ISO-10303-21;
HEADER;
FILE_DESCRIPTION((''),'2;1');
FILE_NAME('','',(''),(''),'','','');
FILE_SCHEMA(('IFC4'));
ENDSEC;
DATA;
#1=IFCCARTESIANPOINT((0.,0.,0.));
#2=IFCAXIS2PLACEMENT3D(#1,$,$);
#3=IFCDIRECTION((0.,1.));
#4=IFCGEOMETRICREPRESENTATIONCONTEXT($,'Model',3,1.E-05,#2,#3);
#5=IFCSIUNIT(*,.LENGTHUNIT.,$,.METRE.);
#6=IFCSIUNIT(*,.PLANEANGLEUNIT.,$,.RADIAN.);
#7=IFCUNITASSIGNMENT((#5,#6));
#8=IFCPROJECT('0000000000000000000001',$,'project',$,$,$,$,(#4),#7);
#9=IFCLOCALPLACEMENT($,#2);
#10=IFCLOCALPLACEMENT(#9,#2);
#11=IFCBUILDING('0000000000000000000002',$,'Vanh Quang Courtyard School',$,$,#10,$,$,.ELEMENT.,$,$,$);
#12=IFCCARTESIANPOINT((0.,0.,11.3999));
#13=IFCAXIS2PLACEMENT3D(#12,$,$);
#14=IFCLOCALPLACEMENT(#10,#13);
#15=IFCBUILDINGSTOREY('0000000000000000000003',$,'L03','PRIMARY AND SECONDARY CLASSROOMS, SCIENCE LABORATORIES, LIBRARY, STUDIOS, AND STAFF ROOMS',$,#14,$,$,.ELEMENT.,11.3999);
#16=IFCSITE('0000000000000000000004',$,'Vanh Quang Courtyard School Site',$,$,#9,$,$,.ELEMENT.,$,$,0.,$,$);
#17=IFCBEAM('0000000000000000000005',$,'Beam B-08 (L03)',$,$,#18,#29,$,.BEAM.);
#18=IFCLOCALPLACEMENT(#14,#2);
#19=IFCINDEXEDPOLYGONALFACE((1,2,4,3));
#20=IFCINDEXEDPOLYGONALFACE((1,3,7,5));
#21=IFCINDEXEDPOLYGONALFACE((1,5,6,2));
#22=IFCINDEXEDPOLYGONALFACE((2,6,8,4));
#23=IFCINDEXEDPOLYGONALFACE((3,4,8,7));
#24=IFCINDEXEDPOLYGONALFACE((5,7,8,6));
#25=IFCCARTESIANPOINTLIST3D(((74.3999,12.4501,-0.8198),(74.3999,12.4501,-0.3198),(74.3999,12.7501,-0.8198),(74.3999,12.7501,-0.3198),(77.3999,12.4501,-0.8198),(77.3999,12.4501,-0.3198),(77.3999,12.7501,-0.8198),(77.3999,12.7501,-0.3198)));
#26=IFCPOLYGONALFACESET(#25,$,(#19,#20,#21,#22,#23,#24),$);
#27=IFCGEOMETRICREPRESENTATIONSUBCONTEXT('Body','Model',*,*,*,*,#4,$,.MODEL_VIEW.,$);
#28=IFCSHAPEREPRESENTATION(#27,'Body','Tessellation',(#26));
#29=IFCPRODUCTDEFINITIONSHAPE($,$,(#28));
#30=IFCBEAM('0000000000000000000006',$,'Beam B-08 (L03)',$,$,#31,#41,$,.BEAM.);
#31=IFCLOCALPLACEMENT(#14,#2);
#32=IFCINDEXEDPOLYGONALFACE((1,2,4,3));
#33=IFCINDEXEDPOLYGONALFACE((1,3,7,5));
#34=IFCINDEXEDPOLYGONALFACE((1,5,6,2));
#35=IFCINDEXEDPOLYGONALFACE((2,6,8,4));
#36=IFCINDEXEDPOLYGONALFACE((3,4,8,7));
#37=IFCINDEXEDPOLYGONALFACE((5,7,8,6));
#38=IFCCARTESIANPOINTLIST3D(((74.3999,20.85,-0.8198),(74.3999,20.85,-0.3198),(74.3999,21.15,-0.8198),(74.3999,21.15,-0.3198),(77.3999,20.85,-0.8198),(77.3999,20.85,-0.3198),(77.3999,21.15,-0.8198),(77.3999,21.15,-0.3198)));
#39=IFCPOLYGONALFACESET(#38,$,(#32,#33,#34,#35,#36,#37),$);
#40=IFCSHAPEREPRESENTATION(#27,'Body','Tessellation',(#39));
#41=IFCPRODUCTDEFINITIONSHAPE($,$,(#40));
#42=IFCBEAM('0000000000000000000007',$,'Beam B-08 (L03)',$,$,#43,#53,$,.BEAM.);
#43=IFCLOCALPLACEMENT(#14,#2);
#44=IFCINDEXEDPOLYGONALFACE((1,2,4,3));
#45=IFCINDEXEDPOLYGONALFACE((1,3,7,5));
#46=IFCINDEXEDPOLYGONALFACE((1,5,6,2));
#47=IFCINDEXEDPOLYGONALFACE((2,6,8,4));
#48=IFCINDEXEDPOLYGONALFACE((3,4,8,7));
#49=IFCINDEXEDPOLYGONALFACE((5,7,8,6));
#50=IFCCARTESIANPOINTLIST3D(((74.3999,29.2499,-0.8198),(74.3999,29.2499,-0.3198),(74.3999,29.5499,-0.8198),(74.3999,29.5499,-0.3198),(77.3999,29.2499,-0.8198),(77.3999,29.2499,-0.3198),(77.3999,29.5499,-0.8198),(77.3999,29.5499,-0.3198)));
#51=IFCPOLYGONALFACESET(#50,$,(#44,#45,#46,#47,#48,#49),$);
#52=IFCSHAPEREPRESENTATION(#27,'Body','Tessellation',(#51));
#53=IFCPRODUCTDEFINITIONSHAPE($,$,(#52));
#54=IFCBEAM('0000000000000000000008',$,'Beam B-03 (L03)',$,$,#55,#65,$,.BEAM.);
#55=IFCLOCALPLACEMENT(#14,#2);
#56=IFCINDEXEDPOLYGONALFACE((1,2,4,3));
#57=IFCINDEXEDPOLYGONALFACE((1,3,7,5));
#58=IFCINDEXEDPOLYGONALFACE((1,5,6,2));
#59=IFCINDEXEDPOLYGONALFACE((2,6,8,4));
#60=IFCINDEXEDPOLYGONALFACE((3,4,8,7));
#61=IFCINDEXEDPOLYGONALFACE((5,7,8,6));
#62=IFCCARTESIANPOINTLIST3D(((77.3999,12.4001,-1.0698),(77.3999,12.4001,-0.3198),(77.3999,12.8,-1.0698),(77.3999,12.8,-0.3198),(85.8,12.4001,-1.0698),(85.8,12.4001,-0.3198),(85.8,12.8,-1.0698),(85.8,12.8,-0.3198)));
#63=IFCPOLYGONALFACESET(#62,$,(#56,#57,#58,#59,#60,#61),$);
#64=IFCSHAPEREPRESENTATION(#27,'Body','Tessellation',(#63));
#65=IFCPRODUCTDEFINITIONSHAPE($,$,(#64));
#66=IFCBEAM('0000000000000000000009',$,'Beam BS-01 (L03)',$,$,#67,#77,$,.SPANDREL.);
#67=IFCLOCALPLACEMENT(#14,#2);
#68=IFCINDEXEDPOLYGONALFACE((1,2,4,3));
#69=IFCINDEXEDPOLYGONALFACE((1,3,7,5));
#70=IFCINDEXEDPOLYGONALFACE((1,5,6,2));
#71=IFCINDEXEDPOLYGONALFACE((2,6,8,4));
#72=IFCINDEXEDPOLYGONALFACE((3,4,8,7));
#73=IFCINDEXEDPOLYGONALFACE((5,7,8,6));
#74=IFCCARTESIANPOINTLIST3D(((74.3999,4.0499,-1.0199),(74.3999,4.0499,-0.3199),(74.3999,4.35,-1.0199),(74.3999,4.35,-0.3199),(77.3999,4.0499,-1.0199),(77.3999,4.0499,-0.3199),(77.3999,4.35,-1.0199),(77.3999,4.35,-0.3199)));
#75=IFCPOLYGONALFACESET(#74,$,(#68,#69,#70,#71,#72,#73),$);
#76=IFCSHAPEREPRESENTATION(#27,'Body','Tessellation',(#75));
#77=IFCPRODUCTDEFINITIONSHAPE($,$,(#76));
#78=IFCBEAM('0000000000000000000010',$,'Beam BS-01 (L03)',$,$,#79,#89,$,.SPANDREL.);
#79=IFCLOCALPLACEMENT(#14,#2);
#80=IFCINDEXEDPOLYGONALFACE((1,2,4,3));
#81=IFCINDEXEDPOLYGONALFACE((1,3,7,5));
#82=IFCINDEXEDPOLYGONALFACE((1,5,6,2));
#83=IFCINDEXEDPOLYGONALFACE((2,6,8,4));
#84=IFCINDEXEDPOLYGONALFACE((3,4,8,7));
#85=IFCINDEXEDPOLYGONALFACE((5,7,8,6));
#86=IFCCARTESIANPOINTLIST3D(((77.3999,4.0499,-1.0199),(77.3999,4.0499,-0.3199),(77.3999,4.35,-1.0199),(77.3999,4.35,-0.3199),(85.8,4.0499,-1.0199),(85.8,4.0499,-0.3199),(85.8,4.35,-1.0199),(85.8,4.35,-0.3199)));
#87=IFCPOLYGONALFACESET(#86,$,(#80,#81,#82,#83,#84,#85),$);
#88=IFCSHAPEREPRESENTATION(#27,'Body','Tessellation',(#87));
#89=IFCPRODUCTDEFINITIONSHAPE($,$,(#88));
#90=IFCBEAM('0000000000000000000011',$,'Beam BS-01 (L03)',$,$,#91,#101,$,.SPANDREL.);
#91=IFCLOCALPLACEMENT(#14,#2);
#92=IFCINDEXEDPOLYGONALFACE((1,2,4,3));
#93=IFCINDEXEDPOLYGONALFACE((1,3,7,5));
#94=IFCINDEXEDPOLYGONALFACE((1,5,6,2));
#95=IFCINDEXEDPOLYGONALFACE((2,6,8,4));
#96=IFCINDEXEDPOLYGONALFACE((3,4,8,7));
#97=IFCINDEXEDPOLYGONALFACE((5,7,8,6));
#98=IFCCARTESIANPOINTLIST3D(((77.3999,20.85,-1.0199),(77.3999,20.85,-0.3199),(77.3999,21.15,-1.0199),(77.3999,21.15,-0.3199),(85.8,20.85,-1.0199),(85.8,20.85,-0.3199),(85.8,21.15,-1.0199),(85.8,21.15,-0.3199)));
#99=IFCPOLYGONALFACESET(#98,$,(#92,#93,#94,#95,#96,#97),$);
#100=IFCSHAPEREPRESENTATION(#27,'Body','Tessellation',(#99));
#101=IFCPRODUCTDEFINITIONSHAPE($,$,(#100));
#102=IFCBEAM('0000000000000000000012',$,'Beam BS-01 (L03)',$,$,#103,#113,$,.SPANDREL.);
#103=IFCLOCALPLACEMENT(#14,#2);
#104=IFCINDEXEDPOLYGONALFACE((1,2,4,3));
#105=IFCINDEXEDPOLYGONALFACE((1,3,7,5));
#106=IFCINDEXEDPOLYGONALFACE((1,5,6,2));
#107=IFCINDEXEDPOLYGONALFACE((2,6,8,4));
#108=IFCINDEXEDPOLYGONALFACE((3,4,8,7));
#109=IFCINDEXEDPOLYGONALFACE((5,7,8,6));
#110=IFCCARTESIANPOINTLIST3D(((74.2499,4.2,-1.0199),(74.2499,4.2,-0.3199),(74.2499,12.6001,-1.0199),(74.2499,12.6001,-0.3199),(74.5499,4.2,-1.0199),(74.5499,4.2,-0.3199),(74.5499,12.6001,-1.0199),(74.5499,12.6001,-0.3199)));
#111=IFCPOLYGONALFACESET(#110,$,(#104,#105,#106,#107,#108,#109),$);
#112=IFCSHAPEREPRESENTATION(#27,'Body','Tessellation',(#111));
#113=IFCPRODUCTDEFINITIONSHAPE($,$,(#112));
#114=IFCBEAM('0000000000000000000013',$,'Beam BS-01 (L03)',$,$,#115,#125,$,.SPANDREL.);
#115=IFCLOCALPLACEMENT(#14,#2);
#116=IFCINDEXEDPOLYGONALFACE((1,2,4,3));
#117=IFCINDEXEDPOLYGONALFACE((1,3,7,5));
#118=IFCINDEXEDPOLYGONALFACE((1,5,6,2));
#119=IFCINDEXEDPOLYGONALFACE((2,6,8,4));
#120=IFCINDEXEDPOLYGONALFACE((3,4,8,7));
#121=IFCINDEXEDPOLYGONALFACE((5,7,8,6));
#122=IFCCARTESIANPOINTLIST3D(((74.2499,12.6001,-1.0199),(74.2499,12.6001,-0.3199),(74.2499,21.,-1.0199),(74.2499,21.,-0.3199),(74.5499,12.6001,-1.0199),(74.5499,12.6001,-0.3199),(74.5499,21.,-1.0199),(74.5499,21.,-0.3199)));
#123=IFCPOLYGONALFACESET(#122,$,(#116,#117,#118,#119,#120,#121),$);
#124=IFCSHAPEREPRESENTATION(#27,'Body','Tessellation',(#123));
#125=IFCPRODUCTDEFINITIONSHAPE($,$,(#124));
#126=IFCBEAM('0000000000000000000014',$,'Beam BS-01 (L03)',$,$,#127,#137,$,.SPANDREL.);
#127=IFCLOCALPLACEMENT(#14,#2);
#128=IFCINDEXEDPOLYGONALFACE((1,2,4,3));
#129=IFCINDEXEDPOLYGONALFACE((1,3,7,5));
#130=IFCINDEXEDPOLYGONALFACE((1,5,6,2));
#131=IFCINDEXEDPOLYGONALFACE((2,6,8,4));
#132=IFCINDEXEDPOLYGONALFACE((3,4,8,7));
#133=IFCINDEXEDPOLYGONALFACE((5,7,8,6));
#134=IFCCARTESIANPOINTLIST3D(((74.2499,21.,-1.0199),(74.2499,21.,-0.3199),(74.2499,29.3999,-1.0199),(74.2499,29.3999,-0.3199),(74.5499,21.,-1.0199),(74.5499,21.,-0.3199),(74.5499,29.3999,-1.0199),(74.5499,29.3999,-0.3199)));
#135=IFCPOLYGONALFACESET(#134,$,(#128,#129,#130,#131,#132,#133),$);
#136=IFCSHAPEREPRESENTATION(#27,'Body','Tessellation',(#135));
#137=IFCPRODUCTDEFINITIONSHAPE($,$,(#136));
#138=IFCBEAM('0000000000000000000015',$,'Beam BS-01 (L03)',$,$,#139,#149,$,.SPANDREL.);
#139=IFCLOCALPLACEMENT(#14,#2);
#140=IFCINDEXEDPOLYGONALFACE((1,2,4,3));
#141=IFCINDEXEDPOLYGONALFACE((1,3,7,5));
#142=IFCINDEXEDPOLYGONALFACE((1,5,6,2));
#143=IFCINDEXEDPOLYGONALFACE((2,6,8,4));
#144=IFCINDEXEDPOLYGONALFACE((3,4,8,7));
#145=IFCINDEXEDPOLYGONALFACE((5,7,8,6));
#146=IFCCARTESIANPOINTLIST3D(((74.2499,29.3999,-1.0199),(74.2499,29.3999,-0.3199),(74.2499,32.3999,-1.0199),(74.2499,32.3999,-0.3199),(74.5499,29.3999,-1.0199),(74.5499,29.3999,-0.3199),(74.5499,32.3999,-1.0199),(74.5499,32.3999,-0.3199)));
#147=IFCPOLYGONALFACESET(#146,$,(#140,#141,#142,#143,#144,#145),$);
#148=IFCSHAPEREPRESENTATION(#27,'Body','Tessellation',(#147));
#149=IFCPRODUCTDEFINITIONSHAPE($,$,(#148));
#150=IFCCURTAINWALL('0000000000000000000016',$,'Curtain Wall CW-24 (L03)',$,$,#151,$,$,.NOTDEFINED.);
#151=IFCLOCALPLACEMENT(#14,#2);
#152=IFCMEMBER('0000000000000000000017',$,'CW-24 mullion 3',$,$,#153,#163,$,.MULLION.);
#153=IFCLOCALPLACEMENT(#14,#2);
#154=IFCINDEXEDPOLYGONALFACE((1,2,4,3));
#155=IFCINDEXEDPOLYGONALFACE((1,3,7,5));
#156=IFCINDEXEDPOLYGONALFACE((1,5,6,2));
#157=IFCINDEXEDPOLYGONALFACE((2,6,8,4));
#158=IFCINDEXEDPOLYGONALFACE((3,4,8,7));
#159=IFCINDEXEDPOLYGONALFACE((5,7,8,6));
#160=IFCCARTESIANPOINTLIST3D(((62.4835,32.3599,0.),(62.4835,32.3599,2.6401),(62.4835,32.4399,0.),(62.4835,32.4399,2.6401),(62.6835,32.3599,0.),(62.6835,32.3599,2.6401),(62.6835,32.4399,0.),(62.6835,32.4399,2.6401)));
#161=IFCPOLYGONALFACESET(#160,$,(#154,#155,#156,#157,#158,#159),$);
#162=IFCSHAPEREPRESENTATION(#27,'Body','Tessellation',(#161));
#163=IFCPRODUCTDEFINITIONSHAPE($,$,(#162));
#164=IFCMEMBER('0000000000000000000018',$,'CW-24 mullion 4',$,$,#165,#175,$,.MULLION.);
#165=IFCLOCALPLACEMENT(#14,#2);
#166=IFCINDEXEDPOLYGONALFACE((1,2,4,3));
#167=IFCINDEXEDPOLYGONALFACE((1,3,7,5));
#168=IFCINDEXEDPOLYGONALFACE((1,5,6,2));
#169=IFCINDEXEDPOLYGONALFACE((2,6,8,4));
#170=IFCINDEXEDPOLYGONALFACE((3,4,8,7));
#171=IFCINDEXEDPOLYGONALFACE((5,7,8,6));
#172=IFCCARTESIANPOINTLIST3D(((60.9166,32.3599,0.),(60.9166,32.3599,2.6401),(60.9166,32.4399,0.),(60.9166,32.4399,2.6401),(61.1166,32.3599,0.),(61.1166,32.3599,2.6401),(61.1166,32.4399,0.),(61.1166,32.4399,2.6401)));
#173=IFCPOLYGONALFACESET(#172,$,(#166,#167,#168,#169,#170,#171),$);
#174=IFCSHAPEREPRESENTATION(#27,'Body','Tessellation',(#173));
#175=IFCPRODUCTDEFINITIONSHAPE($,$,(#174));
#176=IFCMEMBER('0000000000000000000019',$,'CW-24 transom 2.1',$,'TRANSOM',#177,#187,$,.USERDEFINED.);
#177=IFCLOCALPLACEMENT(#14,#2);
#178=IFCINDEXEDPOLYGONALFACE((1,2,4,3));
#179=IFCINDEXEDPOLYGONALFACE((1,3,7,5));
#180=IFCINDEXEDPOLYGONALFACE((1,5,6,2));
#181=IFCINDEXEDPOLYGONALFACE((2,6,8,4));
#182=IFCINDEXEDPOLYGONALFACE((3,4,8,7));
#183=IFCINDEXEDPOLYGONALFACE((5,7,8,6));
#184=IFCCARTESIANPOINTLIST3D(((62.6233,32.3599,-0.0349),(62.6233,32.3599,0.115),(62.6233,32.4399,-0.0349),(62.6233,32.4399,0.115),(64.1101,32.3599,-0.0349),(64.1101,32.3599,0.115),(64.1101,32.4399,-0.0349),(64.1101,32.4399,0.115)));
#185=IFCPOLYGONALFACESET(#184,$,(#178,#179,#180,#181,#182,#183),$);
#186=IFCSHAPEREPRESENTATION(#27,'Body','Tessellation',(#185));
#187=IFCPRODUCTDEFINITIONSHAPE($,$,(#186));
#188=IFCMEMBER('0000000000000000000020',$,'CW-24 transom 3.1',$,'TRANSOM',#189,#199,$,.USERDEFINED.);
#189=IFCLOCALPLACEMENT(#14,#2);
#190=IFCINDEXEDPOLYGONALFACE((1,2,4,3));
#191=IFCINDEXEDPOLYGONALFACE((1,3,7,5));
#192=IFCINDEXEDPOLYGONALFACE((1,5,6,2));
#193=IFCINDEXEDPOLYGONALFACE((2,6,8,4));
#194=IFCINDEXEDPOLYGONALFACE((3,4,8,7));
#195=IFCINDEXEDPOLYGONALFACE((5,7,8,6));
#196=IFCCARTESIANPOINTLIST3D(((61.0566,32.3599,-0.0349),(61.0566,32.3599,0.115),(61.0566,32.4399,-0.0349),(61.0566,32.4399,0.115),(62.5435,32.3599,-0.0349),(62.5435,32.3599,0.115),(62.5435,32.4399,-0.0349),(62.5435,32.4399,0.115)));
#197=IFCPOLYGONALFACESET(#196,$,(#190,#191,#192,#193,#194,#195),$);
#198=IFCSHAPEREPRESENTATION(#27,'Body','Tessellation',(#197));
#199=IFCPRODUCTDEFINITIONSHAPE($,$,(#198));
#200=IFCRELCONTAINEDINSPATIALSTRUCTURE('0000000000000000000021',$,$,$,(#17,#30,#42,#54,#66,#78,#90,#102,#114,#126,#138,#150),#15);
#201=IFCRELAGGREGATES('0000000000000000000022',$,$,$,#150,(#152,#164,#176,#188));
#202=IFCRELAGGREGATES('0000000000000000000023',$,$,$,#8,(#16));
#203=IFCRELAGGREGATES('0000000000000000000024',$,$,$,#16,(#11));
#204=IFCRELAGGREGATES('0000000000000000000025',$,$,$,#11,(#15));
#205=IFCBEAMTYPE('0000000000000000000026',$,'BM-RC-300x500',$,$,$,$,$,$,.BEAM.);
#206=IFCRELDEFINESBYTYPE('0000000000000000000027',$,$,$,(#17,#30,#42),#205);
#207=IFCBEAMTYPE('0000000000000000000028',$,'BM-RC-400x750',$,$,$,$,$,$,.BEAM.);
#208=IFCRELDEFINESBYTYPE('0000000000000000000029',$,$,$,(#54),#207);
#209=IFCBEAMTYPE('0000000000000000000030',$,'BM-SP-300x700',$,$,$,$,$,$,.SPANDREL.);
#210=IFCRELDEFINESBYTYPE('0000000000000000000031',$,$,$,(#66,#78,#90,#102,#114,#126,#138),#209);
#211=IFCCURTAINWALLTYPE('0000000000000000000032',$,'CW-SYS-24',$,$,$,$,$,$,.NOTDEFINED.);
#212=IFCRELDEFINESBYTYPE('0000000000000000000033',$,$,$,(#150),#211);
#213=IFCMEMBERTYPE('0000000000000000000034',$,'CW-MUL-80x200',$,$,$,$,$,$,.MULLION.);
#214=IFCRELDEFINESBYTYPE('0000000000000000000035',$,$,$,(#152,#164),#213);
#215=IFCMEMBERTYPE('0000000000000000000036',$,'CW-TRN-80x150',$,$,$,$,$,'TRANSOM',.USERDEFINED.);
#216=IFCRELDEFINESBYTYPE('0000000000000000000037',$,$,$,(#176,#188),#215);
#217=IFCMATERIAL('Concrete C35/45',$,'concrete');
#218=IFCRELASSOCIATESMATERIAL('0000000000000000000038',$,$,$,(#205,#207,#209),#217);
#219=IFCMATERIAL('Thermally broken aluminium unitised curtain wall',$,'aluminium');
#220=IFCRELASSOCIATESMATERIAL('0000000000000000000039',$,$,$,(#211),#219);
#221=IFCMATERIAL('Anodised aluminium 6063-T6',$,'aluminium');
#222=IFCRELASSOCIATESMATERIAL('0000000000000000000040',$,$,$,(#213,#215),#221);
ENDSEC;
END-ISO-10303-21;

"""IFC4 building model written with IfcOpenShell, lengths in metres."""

from ifc_helpers import new_model, si_unit, direction, frame, origin, origin_2d, place, context, subcontext, project, spatial, rectangle, extrude, material, material_profile, profile_set, type_object, element, aggregate, save


model = new_model("IFC4")

# Units and contexts
model_context = context("Model", 3, precision=1e-05, world=origin(), true_north=direction((0.0, 1.0)))
body_context = subcontext(model_context, "Body", "Model", "MODEL_VIEW")
ifc_project = project(units=[si_unit("LENGTHUNIT", "METRE"), si_unit("PLANEANGLEUNIT", "RADIAN")], contexts=[model_context])

# Site, building, storey
site_placement = place(None, origin())
site = spatial("IfcSite", under=ifc_project, at=site_placement, Name="Vanh Quang Courtyard School Site", CompositionType="ELEMENT", RefElevation=0.0)
building_placement = place(site_placement, origin())
building = spatial("IfcBuilding", under=site, at=building_placement, Name="Vanh Quang Courtyard School", CompositionType="ELEMENT")
storey_placement = place(building_placement, frame((0.0, 0.0, 11.3999)))
storey = spatial("IfcBuildingStorey", under=building, at=storey_placement, Name="L03", Description="PRIMARY AND SECONDARY CLASSROOMS, SCIENCE LABORATORIES, LIBRARY, STUDIOS, AND STAFF ROOMS", CompositionType="ELEMENT", Elevation=11.3999)

# Beams
ifc_material_1 = material(Name="Concrete C35/45", Category="concrete")
ifc_material_profile_1 = material_profile(ifc_material_1, rectangle(XDim=0.3, YDim=0.5, at=origin_2d()), Name="RC-BM 300x500")
ifc_profile_set_1 = profile_set([ifc_material_profile_1], Name="Concrete C35/45")
beam_type_1 = type_object("IfcBeamType", Name="BM-RC-300x500", PredefinedType="BEAM", material=ifc_profile_set_1)
for number, where, z_axis, x_axis, name in (
    (1, (74.3999, 12.6001, -0.5698), (1.0, 0.0, 0.0), (0.0, 1.0, 0.0), "Beam B-08 (L03)"),
    (2, (74.3999, 21.0, -0.5698), (1.0, 0.0, 0.0), (0.0, 1.0, 0.0), "Beam B-08 (L03)"),
    (3, (74.3999, 29.3999, -0.5698), (1.0, 0.0, 0.0), (0.0, 1.0, 0.0), "Beam B-08 (L03)"),
):
    element("IfcBeam", number, at=place(storey_placement, frame(where, z_axis=z_axis, x_axis=x_axis)), inside=storey, type_object=beam_type_1, Name=name, PredefinedType="BEAM", context=body_context, shape_type="SweptSolid", body=[
        extrude(rectangle(XDim=0.3, YDim=0.5, at=origin_2d()), origin(), (0.0, 0.0, 1.0), 3.0),
    ])
ifc_material_profile_2 = material_profile(ifc_material_1, rectangle(XDim=0.3999, YDim=0.75, at=origin_2d()), Name="RC-BM 400x750")
ifc_profile_set_2 = profile_set([ifc_material_profile_2], Name="Concrete C35/45")
beam_type_2 = type_object("IfcBeamType", Name="BM-RC-400x750", PredefinedType="BEAM", material=ifc_profile_set_2)
beam_1_placement = place(storey_placement, frame((77.3999, 12.6001, -0.6948), z_axis=(1.0, 0.0, 0.0), x_axis=(0.0, 1.0, 0.0)))
element("IfcBeam", 4, at=beam_1_placement, inside=storey, type_object=beam_type_2, Name="Beam B-03 (L03)", PredefinedType="BEAM", context=body_context, shape_type="SweptSolid", body=[
    extrude(rectangle(XDim=0.3999, YDim=0.75, at=origin_2d()), origin(), (0.0, 0.0, 1.0), 8.4001),
])
ifc_material_profile_3 = material_profile(ifc_material_1, rectangle(XDim=0.3, YDim=0.7, at=origin_2d()), Name="RC-SP 300x700")
ifc_profile_set_3 = profile_set([ifc_material_profile_3], Name="Concrete C35/45")
beam_type_3 = type_object("IfcBeamType", Name="BM-SP-300x700", PredefinedType="SPANDREL", material=ifc_profile_set_3)
beam_2_placement = place(storey_placement, frame((74.3999, 4.2, -0.6699), z_axis=(1.0, 0.0, 0.0), x_axis=(0.0, 1.0, 0.0)))
element("IfcBeam", 5, at=beam_2_placement, inside=storey, type_object=beam_type_3, Name="Beam BS-01 (L03)", PredefinedType="SPANDREL", context=body_context, shape_type="SweptSolid", body=[
    extrude(rectangle(XDim=0.3, YDim=0.7, at=origin_2d()), origin(), (0.0, 0.0, 1.0), 3.0),
])
for number, where, z_axis, x_axis, name in (
    (6, (77.3999, 4.2, -0.6699), (1.0, 0.0, 0.0), (0.0, 1.0, 0.0), "Beam BS-01 (L03)"),
    (7, (77.3999, 21.0, -0.6699), (1.0, 0.0, 0.0), (0.0, 1.0, 0.0), "Beam BS-01 (L03)"),
    (8, (74.3999, 4.2, -0.6699), (0.0, 1.0, 0.0), (-1.0, 0.0, 0.0), "Beam BS-01 (L03)"),
):
    element("IfcBeam", number, at=place(storey_placement, frame(where, z_axis=z_axis, x_axis=x_axis)), inside=storey, type_object=beam_type_3, Name=name, PredefinedType="SPANDREL", context=body_context, shape_type="SweptSolid", body=[
        extrude(rectangle(XDim=0.3, YDim=0.7, at=origin_2d()), origin(), (0.0, 0.0, 1.0), 8.4001),
    ])
for number, where, z_axis, x_axis, name in (
    (9, (74.3999, 12.6001, -0.6699), (0.0, 1.0, 0.0), (-1.0, 0.0, 0.0), "Beam BS-01 (L03)"),
    (10, (74.3999, 21.0, -0.6699), (0.0, 1.0, 0.0), (-1.0, 0.0, 0.0), "Beam BS-01 (L03)"),
):
    element("IfcBeam", number, at=place(storey_placement, frame(where, z_axis=z_axis, x_axis=x_axis)), inside=storey, type_object=beam_type_3, Name=name, PredefinedType="SPANDREL", context=body_context, shape_type="SweptSolid", body=[
        extrude(rectangle(XDim=0.3, YDim=0.7, at=origin_2d()), origin(), (0.0, 0.0, 1.0), 8.3999),
    ])
beam_3_placement = place(storey_placement, frame((74.3999, 29.3999, -0.6699), z_axis=(0.0, 1.0, 0.0), x_axis=(-1.0, 0.0, 0.0)))
element("IfcBeam", 11, at=beam_3_placement, inside=storey, type_object=beam_type_3, Name="Beam BS-01 (L03)", PredefinedType="SPANDREL", context=body_context, shape_type="SweptSolid", body=[
    extrude(rectangle(XDim=0.3, YDim=0.7, at=origin_2d()), origin(), (0.0, 0.0, 1.0), 3.0),
])

# Curtain wall, members
ifc_material_2 = material(Name="Thermally broken aluminium unitised curtain wall", Category="aluminium")
curtain_wall_type = type_object("IfcCurtainWallType", Name="CW-SYS-24", PredefinedType="NOTDEFINED", material=ifc_material_2)
curtain_wall_placement = place(storey_placement, origin())
curtain_wall = element("IfcCurtainWall", 12, at=curtain_wall_placement, inside=storey, type_object=curtain_wall_type, Name="Curtain Wall CW-24 (L03)", PredefinedType="NOTDEFINED")
ifc_material_3 = material(Name="Anodised aluminium 6063-T6", Category="aluminium")
ifc_material_profile_4 = material_profile(ifc_material_3, rectangle(XDim=0.0801, YDim=0.2, at=origin_2d()), Name="ALU-MUL 80x200")
ifc_profile_set_4 = profile_set([ifc_material_profile_4], Name="Anodised aluminium 6063-T6")
member_type_1 = type_object("IfcMemberType", Name="CW-MUL-80x200", PredefinedType="MULLION", material=ifc_profile_set_4)
member_1_placement = place(storey_placement, frame((62.5835, 32.3999, 0.0), z_axis=(0.0, 0.0, 1.0), x_axis=(0.0, -1.0, 0.0)))
member_1 = element("IfcMember", 13, at=member_1_placement, type_object=member_type_1, Name="CW-24 mullion 3", PredefinedType="MULLION", context=body_context, shape_type="SweptSolid", body=[
    extrude(rectangle(XDim=0.0801, YDim=0.2, at=origin_2d()), origin(), (0.0, 0.0, 1.0), 2.6401),
])
member_2_placement = place(storey_placement, frame((61.0166, 32.3999, 0.0), z_axis=(0.0, 0.0, 1.0), x_axis=(0.0, -1.0, 0.0)))
member_2 = element("IfcMember", 14, at=member_2_placement, type_object=member_type_1, Name="CW-24 mullion 4", PredefinedType="MULLION", context=body_context, shape_type="SweptSolid", body=[
    extrude(rectangle(XDim=0.0801, YDim=0.2, at=origin_2d()), origin(), (0.0, 0.0, 1.0), 2.6401),
])
ifc_material_profile_5 = material_profile(ifc_material_3, rectangle(XDim=0.0801, YDim=0.1499, at=origin_2d()), Name="ALU-TRN 80x150")
ifc_profile_set_5 = profile_set([ifc_material_profile_5], Name="Anodised aluminium 6063-T6")
member_type_2 = type_object("IfcMemberType", Name="CW-TRN-80x150", ElementType="TRANSOM", PredefinedType="USERDEFINED", material=ifc_profile_set_5)
member_3_placement = place(storey_placement, frame((64.1101, 32.3999, 0.04), z_axis=(-1.0, 0.0, 0.0), x_axis=(0.0, -1.0, 0.0)))
member_3 = element("IfcMember", 15, at=member_3_placement, type_object=member_type_2, Name="CW-24 transom 2.1", ObjectType="TRANSOM", PredefinedType="USERDEFINED", context=body_context, shape_type="SweptSolid", body=[
    extrude(rectangle(XDim=0.0801, YDim=0.1499, at=origin_2d()), origin(), (0.0, 0.0, 1.0), 1.4868),
])
member_4_placement = place(storey_placement, frame((62.5435, 32.3999, 0.04), z_axis=(-1.0, 0.0, 0.0), x_axis=(0.0, -1.0, 0.0)))
member_4 = element("IfcMember", 16, at=member_4_placement, type_object=member_type_2, Name="CW-24 transom 3.1", ObjectType="TRANSOM", PredefinedType="USERDEFINED", context=body_context, shape_type="SweptSolid", body=[
    extrude(rectangle(XDim=0.0801, YDim=0.1499, at=origin_2d()), origin(), (0.0, 0.0, 1.0), 1.4868),
])
aggregate(curtain_wall, [member_1, member_2, member_3, member_4])

save(model, "model.ifc")
